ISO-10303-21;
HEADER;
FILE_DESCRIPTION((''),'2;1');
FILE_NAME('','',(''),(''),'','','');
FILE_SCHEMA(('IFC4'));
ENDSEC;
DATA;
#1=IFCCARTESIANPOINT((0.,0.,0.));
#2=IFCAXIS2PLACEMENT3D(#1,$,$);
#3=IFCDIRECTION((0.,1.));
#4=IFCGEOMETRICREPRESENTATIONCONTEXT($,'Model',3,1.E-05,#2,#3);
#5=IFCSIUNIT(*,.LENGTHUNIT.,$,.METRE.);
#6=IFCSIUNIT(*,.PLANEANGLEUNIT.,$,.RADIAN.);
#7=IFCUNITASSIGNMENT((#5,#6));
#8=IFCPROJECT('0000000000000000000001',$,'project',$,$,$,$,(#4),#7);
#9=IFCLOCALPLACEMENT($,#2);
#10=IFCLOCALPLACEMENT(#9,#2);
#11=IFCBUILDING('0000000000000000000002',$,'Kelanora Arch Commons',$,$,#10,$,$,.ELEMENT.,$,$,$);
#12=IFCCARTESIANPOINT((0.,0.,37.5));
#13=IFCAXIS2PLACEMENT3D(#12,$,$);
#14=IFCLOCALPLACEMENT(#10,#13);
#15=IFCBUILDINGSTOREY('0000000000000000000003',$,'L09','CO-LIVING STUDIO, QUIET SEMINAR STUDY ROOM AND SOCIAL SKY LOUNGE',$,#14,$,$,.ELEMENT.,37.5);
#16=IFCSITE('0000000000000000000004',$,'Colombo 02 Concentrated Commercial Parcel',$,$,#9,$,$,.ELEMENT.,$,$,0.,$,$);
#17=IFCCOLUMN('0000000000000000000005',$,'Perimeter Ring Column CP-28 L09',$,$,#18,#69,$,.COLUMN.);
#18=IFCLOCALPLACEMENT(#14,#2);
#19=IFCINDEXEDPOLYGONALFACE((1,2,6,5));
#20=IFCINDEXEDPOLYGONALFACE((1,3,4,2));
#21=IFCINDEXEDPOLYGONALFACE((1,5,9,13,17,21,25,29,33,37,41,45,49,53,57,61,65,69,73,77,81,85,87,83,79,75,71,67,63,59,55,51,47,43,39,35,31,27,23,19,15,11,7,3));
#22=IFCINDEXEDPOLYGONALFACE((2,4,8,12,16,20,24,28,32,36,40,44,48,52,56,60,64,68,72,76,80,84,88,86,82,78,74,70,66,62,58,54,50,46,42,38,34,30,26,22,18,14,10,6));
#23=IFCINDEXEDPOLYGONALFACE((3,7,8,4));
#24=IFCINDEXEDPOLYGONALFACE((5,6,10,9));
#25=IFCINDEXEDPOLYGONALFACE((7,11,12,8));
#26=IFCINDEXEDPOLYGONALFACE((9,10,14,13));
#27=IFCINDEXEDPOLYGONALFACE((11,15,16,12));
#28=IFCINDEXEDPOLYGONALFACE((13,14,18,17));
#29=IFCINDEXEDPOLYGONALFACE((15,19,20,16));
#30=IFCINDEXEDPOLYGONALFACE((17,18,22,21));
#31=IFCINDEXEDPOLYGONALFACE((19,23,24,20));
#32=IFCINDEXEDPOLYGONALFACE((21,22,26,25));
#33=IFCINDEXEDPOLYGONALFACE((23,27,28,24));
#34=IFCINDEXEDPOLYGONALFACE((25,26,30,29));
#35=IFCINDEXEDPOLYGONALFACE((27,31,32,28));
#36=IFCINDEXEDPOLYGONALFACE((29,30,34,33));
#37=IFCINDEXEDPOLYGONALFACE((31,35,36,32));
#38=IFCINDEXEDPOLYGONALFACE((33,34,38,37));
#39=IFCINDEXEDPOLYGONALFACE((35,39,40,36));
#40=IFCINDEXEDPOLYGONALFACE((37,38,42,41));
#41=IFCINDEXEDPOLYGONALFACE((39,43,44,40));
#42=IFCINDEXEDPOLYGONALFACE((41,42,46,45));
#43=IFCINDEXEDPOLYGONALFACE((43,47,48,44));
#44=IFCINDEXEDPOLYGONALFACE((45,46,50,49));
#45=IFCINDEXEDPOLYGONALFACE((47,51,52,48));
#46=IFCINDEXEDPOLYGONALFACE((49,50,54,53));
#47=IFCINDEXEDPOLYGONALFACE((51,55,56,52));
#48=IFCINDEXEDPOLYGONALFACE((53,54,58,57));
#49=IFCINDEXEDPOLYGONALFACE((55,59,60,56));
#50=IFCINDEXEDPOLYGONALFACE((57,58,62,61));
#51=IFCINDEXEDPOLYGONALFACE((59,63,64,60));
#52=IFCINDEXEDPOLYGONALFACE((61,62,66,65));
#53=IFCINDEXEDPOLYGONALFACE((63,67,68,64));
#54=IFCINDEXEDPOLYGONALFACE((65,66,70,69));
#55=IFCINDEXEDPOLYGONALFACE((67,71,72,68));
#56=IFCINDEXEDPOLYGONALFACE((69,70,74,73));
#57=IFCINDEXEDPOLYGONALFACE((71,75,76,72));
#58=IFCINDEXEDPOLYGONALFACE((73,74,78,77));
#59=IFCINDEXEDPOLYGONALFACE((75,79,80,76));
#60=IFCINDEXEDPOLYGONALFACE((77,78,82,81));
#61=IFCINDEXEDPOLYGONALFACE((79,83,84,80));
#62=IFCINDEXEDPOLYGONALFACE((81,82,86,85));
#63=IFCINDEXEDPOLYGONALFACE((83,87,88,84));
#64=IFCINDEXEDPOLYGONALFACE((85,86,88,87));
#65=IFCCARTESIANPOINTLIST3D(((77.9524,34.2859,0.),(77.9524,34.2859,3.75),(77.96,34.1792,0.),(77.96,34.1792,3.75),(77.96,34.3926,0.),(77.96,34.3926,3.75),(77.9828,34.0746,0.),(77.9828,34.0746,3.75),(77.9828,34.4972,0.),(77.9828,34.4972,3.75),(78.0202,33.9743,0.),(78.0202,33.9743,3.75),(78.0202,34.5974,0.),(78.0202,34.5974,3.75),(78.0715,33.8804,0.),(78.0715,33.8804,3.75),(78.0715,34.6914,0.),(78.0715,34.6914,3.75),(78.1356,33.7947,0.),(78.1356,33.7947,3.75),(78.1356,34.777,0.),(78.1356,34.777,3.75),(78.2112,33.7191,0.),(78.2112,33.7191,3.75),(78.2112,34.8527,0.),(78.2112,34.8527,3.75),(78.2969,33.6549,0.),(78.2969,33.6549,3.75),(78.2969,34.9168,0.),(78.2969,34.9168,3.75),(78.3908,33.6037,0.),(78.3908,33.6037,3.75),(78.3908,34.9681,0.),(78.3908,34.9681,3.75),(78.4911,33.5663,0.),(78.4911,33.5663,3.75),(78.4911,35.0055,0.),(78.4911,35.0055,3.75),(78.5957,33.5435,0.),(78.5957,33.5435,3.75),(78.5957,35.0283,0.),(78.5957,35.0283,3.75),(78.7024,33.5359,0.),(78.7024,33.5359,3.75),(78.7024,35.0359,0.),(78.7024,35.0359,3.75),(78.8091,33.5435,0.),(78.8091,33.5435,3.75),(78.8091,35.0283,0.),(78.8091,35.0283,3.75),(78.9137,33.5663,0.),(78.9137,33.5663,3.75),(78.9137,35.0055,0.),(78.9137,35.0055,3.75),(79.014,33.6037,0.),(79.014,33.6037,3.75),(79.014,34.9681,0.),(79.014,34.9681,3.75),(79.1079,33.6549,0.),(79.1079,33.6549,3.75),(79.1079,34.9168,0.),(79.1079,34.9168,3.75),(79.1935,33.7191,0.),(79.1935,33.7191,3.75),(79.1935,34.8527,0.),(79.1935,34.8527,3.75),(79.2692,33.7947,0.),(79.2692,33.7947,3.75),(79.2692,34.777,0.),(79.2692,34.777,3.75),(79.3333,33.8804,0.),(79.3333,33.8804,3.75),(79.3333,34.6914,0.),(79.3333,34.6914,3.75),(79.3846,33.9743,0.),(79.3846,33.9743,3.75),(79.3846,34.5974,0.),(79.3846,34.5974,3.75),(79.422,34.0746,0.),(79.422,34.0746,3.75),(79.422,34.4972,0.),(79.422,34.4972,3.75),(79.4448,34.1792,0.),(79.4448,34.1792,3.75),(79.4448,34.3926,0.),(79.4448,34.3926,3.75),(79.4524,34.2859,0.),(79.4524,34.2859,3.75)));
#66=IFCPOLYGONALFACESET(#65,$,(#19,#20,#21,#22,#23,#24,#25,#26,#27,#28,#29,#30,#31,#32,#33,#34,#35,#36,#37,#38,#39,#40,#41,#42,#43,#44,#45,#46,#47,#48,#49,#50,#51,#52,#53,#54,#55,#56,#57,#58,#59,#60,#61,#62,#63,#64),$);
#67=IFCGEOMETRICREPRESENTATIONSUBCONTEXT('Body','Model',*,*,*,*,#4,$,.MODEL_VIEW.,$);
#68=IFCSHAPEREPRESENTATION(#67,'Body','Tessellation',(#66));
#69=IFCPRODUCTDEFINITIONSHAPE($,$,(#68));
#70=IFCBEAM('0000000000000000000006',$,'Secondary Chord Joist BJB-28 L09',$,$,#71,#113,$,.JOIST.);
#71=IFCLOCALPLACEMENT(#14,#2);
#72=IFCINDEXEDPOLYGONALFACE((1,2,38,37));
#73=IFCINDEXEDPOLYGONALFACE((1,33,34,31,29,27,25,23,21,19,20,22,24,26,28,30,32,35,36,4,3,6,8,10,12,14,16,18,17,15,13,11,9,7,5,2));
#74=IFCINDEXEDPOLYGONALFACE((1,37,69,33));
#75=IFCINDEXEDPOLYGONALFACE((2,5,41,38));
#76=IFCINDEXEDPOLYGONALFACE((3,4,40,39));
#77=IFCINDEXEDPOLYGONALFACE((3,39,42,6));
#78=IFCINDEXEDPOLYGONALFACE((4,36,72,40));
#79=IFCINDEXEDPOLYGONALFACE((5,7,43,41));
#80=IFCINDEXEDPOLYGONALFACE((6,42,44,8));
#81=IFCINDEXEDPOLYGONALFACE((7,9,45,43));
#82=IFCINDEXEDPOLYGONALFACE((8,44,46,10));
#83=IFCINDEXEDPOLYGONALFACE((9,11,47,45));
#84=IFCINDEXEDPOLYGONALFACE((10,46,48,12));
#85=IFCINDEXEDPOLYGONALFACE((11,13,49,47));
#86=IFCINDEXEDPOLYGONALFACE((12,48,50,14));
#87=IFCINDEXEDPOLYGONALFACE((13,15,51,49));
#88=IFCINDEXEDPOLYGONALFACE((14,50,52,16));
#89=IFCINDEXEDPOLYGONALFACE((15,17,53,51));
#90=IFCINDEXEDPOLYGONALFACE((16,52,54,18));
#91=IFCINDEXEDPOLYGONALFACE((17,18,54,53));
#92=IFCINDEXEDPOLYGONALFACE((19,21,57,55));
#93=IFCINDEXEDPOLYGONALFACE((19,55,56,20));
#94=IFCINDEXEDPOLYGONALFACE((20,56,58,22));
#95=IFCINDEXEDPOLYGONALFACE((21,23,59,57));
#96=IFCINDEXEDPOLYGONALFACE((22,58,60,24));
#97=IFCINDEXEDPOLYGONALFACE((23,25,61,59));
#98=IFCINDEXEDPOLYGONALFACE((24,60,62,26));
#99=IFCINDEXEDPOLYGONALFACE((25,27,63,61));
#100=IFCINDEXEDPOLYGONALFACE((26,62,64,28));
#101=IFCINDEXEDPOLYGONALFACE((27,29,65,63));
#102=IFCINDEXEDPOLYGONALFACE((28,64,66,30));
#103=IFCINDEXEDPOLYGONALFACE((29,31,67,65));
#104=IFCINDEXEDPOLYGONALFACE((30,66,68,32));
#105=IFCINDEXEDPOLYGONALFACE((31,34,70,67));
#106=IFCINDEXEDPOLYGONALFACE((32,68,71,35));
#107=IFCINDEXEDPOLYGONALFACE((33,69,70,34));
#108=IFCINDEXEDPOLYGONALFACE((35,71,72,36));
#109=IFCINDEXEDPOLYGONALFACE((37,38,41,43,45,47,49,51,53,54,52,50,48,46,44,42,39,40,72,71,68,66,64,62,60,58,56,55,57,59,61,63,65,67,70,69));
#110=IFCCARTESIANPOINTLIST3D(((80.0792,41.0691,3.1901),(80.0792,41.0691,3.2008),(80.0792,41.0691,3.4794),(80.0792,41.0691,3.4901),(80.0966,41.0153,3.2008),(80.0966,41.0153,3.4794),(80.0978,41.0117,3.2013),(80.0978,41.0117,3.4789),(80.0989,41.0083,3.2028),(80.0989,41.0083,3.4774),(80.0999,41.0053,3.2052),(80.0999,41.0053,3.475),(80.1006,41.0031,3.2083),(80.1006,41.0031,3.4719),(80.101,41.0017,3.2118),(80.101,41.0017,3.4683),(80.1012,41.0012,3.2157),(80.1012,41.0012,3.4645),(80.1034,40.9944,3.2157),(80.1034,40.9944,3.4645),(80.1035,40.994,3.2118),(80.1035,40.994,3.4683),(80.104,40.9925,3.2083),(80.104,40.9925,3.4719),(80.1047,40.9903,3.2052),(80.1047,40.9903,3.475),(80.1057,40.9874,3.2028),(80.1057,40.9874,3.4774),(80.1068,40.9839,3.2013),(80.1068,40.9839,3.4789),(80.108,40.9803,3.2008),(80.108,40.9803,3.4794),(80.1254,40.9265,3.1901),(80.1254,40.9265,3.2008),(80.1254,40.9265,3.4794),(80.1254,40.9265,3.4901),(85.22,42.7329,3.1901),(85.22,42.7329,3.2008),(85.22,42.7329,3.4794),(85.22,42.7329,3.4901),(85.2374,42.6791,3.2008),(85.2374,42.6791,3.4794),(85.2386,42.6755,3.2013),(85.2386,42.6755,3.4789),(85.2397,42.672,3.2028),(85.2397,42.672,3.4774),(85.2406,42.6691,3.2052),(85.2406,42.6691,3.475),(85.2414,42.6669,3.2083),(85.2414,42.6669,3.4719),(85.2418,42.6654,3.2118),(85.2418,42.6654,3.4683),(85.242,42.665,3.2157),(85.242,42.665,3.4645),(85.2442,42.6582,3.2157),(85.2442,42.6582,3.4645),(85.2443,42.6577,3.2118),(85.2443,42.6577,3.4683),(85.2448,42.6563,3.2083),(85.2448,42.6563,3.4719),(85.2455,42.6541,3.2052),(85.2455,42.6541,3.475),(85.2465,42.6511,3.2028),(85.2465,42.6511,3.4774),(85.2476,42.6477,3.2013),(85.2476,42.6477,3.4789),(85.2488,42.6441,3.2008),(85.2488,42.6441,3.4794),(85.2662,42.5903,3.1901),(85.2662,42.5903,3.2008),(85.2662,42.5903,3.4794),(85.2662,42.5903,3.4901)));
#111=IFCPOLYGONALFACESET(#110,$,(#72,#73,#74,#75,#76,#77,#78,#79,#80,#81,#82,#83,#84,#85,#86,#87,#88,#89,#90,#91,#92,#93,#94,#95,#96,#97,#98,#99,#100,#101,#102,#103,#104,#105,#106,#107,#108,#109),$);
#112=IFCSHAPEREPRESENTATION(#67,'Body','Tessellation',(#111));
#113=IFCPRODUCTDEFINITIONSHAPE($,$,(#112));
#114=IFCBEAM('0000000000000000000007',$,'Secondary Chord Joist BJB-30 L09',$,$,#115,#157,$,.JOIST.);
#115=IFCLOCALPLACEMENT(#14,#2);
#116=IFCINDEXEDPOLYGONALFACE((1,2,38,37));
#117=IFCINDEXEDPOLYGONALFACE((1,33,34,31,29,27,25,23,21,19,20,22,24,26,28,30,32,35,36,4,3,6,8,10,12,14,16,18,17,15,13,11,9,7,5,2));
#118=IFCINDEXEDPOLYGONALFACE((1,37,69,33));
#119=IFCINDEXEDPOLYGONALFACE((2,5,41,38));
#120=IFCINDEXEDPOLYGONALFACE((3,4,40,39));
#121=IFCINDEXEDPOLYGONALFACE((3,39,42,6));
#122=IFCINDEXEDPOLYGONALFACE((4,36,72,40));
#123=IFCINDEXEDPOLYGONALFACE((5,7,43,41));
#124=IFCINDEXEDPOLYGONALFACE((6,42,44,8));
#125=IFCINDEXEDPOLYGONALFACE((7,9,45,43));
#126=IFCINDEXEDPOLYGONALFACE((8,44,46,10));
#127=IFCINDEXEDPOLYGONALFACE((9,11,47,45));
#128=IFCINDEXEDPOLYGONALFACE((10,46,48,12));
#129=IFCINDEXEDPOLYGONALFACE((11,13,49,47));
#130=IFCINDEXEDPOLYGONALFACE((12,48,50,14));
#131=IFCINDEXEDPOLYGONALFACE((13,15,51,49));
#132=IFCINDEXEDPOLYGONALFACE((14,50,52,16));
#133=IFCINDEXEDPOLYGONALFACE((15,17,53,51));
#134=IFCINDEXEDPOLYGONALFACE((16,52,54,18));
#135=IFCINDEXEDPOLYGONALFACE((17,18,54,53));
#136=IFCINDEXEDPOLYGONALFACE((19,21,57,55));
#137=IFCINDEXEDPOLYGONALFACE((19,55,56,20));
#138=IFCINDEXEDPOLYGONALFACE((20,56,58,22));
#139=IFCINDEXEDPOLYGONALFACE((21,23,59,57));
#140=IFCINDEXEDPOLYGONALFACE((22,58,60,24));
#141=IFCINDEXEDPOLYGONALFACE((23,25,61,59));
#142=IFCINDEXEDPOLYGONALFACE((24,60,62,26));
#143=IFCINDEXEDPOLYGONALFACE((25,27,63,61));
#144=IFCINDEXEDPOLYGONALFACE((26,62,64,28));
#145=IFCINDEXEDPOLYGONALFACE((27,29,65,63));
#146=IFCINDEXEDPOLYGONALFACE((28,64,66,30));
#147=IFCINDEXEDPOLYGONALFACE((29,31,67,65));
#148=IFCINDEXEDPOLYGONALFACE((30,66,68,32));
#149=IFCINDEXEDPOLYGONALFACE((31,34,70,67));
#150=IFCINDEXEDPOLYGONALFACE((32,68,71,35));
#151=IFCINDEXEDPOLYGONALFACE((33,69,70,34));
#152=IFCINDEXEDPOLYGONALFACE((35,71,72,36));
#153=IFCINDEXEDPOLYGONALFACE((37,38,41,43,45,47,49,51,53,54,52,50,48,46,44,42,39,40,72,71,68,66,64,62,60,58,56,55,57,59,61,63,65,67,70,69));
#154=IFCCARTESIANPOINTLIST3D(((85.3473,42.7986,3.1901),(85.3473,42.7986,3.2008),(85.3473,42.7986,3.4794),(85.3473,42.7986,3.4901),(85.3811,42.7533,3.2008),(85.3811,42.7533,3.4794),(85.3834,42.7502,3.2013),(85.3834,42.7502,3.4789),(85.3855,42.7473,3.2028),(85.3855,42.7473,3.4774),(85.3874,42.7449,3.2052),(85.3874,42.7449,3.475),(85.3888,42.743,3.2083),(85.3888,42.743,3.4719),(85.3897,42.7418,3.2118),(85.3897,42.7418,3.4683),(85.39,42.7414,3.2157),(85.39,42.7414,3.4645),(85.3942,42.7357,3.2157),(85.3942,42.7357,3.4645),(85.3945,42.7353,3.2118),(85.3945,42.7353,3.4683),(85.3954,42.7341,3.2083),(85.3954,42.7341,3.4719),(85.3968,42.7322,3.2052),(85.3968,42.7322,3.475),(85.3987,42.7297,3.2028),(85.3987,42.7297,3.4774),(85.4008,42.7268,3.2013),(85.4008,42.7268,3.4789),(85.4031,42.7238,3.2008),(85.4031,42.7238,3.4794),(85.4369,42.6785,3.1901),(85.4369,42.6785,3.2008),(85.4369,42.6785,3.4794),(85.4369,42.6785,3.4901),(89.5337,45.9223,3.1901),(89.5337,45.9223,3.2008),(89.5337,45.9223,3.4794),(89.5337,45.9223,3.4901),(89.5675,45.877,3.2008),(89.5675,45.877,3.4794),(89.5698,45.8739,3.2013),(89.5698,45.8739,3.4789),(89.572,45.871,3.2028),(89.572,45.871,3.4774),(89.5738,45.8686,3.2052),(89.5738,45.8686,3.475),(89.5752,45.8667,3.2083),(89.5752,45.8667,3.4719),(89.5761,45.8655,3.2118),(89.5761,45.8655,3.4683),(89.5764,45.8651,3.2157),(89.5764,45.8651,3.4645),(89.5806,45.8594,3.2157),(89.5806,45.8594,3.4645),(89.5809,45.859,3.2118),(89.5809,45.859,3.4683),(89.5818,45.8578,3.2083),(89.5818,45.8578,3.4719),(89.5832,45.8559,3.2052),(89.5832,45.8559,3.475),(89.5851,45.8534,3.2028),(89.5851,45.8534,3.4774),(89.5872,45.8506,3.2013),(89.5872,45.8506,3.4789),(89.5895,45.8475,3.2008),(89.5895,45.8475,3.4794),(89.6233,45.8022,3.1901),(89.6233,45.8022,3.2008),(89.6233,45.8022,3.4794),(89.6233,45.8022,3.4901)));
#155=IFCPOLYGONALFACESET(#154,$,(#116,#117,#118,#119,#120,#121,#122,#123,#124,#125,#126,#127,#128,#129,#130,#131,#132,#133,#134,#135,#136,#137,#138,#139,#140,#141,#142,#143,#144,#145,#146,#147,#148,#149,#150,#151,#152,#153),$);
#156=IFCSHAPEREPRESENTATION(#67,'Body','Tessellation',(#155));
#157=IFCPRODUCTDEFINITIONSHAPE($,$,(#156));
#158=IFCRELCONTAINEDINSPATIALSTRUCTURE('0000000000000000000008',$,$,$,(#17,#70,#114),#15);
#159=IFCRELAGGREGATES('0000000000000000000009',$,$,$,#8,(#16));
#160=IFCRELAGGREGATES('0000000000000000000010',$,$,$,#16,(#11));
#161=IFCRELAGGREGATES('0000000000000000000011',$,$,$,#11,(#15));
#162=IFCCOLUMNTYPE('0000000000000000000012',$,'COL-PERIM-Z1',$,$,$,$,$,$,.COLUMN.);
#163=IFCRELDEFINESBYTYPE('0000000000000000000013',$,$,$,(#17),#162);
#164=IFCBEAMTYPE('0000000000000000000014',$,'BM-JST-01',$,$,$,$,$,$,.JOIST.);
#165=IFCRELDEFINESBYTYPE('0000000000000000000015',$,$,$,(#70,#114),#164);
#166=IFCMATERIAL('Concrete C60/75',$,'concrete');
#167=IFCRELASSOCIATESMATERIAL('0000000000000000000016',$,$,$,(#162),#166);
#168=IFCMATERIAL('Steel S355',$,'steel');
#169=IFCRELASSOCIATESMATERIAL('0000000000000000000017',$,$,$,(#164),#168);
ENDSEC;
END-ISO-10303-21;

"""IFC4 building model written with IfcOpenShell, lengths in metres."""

from ifc_helpers import new_model, si_unit, direction, frame, origin, origin_2d, place, context, subcontext, project, spatial, circle, i_section, extrude, material, material_profile, profile_set, type_object, element, save


model = new_model("IFC4")

# Units and contexts
model_context = context("Model", 3, precision=1e-05, world=origin(), true_north=direction((0.0, 1.0)))
body_context = subcontext(model_context, "Body", "Model", "MODEL_VIEW")
ifc_project = project(units=[si_unit("LENGTHUNIT", "METRE"), si_unit("PLANEANGLEUNIT", "RADIAN")], contexts=[model_context])

# Site, building, storey
site_placement = place(None, origin())
site = spatial("IfcSite", under=ifc_project, at=site_placement, Name="Colombo 02 Concentrated Commercial Parcel", CompositionType="ELEMENT", RefElevation=0.0)
building_placement = place(site_placement, origin())
building = spatial("IfcBuilding", under=site, at=building_placement, Name="Kelanora Arch Commons", CompositionType="ELEMENT")
storey_placement = place(building_placement, frame((0.0, 0.0, 37.5)))
storey = spatial("IfcBuildingStorey", under=building, at=storey_placement, Name="L09", Description="CO-LIVING STUDIO, QUIET SEMINAR STUDY ROOM AND SOCIAL SKY LOUNGE", CompositionType="ELEMENT", Elevation=37.5)

# Column
ifc_material_1 = material(Name="Concrete C60/75", Category="concrete")
ifc_material_profile_1 = material_profile(ifc_material_1, circle(Radius=0.75, at=origin_2d()), Name="RCC1500")
ifc_profile_set_1 = profile_set([ifc_material_profile_1], Name="Concrete C60/75")
column_type = type_object("IfcColumnType", Name="COL-PERIM-Z1", PredefinedType="COLUMN", material=ifc_profile_set_1)
column_placement = place(storey_placement, frame((78.7024, 34.2859, 0.0), z_axis=(0.0, 0.0, 1.0), x_axis=(1.0, 0.0, 0.0)))
element("IfcColumn", 1, at=column_placement, inside=storey, type_object=column_type, Name="Perimeter Ring Column CP-28 L09", PredefinedType="COLUMN", context=body_context, shape_type="SweptSolid", body=[
    extrude(circle(Radius=0.75, at=origin_2d()), origin(), (0.0, 0.0, 1.0), 3.75),
])

# Beams
ifc_material_2 = material(Name="Steel S355", Category="steel")
ifc_material_profile_2 = material_profile(ifc_material_2, i_section(OverallWidth=0.1499, OverallDepth=0.3, WebThickness=0.0071, FlangeThickness=0.0107, FilletRadius=0.0149, at=origin_2d()), Name="IPE300")
ifc_profile_set_2 = profile_set([ifc_material_profile_2], Name="Steel S355")
beam_type_1 = type_object("IfcBeamType", Name="BM-JST-01", PredefinedType="JOIST", material=ifc_profile_set_2)
beam_1_placement = place(storey_placement, frame((80.1023, 40.9978, 3.3401), z_axis=(0.951412, 0.30792, 0.0), x_axis=(-0.30792, 0.951412, 0.0)))
element("IfcBeam", 2, at=beam_1_placement, inside=storey, type_object=beam_type_1, Name="Secondary Chord Joist BJB-28 L09", PredefinedType="JOIST", context=body_context, shape_type="SweptSolid", body=[
    extrude(i_section(OverallWidth=0.1499, OverallDepth=0.3, WebThickness=0.0071, FlangeThickness=0.0107, FilletRadius=0.0149, at=origin_2d()), origin(), (0.0, 0.0, 1.0), 5.4033),
])
beam_2_placement = place(storey_placement, frame((85.3921, 42.7385, 3.3401), z_axis=(0.801478, 0.598024, 0.0), x_axis=(-0.598024, 0.801478, 0.0)))
element("IfcBeam", 3, at=beam_2_placement, inside=storey, type_object=beam_type_1, Name="Secondary Chord Joist BJB-30 L09", PredefinedType="JOIST", context=body_context, shape_type="SweptSolid", body=[
    extrude(i_section(OverallWidth=0.1499, OverallDepth=0.3, WebThickness=0.0071, FlangeThickness=0.0107, FilletRadius=0.0149, at=origin_2d()), origin(), (0.0, 0.0, 1.0), 5.2234),
])

save(model, "model.ifc")
